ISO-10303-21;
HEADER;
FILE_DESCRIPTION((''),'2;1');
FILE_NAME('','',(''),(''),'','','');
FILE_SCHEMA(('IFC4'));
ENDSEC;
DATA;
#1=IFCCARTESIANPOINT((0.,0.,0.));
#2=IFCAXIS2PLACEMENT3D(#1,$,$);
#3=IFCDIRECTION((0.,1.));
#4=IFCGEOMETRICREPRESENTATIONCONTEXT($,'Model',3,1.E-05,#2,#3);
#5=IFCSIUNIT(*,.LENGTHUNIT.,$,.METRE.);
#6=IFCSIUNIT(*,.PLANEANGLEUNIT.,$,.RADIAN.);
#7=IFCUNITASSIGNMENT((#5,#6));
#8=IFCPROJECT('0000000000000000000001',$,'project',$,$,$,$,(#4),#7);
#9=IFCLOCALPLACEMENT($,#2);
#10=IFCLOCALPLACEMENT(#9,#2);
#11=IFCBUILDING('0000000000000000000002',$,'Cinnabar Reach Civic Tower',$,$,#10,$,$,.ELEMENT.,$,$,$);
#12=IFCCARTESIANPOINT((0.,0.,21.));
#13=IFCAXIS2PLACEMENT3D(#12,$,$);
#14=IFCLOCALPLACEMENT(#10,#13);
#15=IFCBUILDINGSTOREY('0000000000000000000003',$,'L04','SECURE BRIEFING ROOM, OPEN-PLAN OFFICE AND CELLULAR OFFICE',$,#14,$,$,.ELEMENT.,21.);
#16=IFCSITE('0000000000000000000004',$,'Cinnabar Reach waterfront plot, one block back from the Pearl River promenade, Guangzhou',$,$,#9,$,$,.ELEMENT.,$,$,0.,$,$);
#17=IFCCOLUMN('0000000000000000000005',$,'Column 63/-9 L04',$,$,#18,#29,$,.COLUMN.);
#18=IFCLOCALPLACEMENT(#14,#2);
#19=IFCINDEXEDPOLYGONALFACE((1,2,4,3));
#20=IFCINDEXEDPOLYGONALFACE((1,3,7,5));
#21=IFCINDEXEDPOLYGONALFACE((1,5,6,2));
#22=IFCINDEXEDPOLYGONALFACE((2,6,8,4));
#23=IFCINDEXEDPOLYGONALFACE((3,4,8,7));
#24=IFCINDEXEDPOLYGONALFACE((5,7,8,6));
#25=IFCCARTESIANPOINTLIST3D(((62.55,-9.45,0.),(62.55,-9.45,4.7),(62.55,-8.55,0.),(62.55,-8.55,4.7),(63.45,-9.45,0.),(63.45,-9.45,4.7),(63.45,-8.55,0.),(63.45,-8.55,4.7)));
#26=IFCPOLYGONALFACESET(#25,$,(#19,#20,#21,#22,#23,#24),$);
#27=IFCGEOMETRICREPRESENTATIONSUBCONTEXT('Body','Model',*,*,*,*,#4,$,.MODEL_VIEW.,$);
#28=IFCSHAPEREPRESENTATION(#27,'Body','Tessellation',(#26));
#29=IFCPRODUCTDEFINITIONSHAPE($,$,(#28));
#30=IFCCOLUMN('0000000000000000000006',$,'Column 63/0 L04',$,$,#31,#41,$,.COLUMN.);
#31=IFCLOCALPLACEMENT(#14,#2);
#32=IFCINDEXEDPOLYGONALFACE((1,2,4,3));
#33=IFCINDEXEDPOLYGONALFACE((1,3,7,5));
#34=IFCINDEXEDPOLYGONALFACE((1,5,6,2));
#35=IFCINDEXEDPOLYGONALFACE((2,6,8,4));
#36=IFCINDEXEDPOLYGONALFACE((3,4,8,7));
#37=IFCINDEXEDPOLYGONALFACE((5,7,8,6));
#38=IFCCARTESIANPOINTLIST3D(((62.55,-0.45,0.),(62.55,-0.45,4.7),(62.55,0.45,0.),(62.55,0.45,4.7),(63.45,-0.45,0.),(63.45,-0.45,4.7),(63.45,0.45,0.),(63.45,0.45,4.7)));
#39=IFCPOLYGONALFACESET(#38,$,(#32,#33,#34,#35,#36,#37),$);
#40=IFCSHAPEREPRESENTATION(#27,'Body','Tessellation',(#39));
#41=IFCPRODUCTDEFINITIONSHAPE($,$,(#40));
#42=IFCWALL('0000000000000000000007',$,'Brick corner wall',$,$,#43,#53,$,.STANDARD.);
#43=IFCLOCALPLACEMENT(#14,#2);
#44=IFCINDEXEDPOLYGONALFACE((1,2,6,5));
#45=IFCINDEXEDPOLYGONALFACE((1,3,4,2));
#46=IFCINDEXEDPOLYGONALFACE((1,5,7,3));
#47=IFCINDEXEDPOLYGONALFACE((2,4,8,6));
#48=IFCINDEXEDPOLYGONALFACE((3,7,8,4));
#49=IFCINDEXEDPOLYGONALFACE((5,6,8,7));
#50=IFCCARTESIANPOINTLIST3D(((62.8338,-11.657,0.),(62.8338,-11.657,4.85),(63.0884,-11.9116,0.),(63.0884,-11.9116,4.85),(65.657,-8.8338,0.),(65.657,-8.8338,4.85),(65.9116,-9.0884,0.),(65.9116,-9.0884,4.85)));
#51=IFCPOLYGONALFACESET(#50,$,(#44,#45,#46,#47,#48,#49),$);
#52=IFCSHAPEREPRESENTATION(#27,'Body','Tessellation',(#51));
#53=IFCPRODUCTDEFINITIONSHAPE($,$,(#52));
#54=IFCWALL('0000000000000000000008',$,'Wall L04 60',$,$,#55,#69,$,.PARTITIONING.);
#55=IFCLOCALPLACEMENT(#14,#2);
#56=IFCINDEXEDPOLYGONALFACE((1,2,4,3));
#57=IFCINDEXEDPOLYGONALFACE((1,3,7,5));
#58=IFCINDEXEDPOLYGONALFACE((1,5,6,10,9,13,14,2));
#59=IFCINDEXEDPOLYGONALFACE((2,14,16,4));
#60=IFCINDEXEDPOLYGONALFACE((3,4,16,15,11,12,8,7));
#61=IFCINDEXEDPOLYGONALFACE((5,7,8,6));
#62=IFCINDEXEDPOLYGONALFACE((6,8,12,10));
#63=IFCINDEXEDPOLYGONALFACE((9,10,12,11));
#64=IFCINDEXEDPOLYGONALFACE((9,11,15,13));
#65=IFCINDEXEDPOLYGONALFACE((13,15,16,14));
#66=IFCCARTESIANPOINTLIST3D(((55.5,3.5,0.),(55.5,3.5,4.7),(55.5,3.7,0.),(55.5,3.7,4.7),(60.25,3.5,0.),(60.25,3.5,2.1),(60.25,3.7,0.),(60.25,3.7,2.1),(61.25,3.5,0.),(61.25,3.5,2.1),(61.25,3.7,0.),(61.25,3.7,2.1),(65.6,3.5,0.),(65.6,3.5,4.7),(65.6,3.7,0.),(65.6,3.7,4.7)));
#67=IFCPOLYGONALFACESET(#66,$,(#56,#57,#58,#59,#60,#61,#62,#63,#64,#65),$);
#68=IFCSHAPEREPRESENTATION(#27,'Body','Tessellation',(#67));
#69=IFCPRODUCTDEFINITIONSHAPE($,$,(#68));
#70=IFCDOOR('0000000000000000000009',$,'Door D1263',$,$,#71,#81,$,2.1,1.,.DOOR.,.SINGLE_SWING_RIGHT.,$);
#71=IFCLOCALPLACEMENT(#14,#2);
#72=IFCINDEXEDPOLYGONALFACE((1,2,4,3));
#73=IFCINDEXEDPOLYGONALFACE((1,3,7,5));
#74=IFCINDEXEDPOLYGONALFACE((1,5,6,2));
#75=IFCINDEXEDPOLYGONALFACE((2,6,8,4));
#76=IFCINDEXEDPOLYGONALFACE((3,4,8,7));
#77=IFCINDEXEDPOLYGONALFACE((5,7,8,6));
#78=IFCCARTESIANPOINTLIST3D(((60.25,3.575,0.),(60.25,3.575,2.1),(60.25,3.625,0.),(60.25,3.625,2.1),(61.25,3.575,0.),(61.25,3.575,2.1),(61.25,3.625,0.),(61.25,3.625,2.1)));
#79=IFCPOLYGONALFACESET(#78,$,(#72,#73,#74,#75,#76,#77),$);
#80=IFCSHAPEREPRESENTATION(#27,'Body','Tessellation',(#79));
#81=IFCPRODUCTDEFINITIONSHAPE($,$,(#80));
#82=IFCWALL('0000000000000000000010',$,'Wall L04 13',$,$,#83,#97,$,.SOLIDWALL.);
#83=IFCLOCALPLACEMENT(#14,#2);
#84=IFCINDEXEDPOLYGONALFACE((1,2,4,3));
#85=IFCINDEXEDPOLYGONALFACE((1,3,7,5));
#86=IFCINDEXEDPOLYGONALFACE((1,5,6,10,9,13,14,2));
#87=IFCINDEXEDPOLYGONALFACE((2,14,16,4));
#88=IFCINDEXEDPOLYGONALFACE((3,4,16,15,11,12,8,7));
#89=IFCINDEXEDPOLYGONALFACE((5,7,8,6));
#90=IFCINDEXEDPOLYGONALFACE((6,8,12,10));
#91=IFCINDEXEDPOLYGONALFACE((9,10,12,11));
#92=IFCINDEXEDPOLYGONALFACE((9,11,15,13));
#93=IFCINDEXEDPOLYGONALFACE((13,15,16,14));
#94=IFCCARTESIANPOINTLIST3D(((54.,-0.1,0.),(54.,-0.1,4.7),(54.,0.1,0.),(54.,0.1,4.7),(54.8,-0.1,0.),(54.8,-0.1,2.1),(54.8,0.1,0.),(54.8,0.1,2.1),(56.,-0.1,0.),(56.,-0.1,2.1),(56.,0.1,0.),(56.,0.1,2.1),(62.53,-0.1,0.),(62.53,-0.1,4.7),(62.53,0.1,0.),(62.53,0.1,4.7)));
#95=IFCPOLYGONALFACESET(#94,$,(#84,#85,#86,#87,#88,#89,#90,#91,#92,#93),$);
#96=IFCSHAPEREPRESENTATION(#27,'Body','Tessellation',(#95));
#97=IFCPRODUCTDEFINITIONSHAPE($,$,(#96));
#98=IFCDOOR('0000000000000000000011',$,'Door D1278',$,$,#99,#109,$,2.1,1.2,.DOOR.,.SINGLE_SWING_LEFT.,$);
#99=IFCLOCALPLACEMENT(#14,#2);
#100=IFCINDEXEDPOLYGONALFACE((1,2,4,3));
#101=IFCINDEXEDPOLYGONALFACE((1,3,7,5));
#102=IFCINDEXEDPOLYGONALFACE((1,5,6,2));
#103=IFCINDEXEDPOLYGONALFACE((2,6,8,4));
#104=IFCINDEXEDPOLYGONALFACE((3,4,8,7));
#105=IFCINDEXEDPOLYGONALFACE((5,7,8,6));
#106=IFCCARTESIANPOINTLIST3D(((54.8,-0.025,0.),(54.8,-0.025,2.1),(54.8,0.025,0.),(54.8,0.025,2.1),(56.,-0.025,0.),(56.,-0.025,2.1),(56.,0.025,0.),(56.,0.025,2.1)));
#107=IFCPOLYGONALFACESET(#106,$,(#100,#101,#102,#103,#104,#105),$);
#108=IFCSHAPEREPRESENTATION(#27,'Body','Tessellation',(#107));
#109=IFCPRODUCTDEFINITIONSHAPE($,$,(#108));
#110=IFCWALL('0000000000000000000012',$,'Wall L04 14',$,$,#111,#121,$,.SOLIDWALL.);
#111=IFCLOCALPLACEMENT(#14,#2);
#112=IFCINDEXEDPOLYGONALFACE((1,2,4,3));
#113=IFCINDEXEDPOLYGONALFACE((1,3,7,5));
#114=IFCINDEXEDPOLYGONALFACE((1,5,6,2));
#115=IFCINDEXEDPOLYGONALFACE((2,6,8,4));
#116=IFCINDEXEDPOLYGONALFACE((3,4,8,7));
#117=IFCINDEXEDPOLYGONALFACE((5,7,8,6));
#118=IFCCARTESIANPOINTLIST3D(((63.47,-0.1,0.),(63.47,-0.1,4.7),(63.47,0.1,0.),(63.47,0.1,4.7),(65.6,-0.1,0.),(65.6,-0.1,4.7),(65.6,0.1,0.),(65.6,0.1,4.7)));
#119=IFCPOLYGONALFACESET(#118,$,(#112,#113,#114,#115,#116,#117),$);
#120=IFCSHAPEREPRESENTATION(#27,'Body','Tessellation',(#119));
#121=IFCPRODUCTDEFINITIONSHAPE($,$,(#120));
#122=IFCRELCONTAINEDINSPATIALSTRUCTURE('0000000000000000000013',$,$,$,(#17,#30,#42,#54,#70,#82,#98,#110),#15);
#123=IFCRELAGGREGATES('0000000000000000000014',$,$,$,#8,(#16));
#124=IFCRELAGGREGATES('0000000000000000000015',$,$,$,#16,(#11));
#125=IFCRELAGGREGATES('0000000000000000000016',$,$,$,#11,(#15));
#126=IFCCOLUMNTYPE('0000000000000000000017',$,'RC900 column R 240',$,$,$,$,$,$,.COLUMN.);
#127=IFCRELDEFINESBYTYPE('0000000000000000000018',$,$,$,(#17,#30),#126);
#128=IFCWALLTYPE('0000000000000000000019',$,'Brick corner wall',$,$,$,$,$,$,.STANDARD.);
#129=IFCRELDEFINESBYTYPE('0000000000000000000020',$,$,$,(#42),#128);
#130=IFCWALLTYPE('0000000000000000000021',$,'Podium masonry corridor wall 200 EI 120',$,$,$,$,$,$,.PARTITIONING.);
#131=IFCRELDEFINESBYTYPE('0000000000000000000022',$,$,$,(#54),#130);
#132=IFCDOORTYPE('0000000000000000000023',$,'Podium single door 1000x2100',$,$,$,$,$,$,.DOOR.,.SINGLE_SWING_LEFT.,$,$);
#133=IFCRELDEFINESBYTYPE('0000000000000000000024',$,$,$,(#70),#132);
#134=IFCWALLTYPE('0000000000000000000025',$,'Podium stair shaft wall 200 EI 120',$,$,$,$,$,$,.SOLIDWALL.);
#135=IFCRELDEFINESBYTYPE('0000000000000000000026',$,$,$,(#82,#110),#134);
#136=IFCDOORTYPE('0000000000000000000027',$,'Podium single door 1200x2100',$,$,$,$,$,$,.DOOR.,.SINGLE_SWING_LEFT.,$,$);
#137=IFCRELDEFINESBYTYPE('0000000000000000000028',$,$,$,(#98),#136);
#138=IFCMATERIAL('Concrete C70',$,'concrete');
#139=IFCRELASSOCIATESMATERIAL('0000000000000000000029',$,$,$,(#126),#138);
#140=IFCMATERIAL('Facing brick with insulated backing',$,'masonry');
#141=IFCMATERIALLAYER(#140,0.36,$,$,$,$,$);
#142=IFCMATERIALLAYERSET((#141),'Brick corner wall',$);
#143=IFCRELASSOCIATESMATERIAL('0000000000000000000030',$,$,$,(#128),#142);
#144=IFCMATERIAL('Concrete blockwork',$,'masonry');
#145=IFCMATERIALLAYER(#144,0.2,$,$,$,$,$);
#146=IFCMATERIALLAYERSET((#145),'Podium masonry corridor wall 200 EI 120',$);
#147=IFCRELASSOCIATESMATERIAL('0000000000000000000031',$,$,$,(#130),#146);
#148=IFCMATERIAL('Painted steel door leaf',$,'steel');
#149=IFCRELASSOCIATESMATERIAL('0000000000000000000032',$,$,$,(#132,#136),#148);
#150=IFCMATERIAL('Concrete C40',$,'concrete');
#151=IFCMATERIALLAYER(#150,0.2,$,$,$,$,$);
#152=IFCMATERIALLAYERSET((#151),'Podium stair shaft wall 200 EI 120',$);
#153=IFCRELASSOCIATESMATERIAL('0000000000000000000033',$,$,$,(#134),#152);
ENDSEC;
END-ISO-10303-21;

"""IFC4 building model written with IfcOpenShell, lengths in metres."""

from ifc_helpers import new_model, si_unit, direction, frame, frame_2d, origin, origin_2d, place, context, subcontext, project, spatial, rectangle, extrude, material, layer, layer_set, material_profile, profile_set, type_object, element, fill, save


model = new_model("IFC4")

# Units and contexts
model_context = context("Model", 3, precision=1e-05, world=origin(), true_north=direction((0.0, 1.0)))
body_context = subcontext(model_context, "Body", "Model", "MODEL_VIEW")
ifc_project = project(units=[si_unit("LENGTHUNIT", "METRE"), si_unit("PLANEANGLEUNIT", "RADIAN")], contexts=[model_context])

# Site, building, storey
site_placement = place(None, origin())
site = spatial("IfcSite", under=ifc_project, at=site_placement, Name="Cinnabar Reach waterfront plot, one block back from the Pearl River promenade, Guangzhou", CompositionType="ELEMENT", RefElevation=0.0)
building_placement = place(site_placement, origin())
building = spatial("IfcBuilding", under=site, at=building_placement, Name="Cinnabar Reach Civic Tower", CompositionType="ELEMENT")
storey_placement = place(building_placement, frame((0.0, 0.0, 21.0)))
storey = spatial("IfcBuildingStorey", under=building, at=storey_placement, Name="L04", Description="SECURE BRIEFING ROOM, OPEN-PLAN OFFICE AND CELLULAR OFFICE", CompositionType="ELEMENT", Elevation=21.0)

# Columns
ifc_material_1 = material(Name="Concrete C70", Category="concrete")
ifc_material_profile = material_profile(ifc_material_1, rectangle(XDim=0.9, YDim=0.9, at=origin_2d()), Name="RC900")
ifc_profile_set = profile_set([ifc_material_profile], Name="Concrete C70")
column_type = type_object("IfcColumnType", Name="RC900 column R 240", PredefinedType="COLUMN", material=ifc_profile_set)
for number, where, z_axis, x_axis, name in (
    (1, (63.0, -9.0, 0.0), (0.0, 0.0, 1.0), (1.0, 0.0, 0.0), "Column 63/-9 L04"),
    (2, (63.0, 0.0, 0.0), (0.0, 0.0, 1.0), (1.0, 0.0, 0.0), "Column 63/0 L04"),
):
    element("IfcColumn", number, at=place(storey_placement, frame(where, z_axis=z_axis, x_axis=x_axis)), inside=storey, type_object=column_type, Name=name, PredefinedType="COLUMN", context=body_context, shape_type="SweptSolid", body=[
        extrude(rectangle(XDim=0.9, YDim=0.9, at=origin_2d()), origin(), (0.0, 0.0, 1.0), 4.7),
    ])

# Wall
ifc_material_2 = material(Name="Facing brick with insulated backing", Category="masonry")
ifc_layer_1 = layer(ifc_material_2, 0.36)
ifc_layer_set_1 = layer_set([ifc_layer_1], Name="Brick corner wall")
wall_type_1 = type_object("IfcWallType", Name="Brick corner wall", PredefinedType="STANDARD", material=ifc_layer_set_1)
wall_1_placement = place(storey_placement, frame((62.9611, -11.7843, 0.0), z_axis=(0.0, 0.0, 1.0), x_axis=(0.707107, 0.707107, 0.0)))
element("IfcWall", 3, at=wall_1_placement, inside=storey, type_object=wall_type_1, Name="Brick corner wall", PredefinedType="STANDARD", context=body_context, shape_type="SweptSolid", body=[
    extrude(rectangle(XDim=3.9926, YDim=0.36, at=frame_2d((1.9963, 0.0))), origin(), (0.0, 0.0, 1.0), 4.85),
])

# Walls, openings, doors
ifc_material_3 = material(Name="Concrete blockwork", Category="masonry")
ifc_layer_2 = layer(ifc_material_3, 0.2)
ifc_layer_set_2 = layer_set([ifc_layer_2], Name="Podium masonry corridor wall 200 EI 120")
wall_type_2 = type_object("IfcWallType", Name="Podium masonry corridor wall 200 EI 120", PredefinedType="PARTITIONING", material=ifc_layer_set_2)
wall_2_placement = place(storey_placement, frame((55.5, 3.6, 0.0), z_axis=(0.0, 0.0, 1.0), x_axis=(1.0, 0.0, 0.0)))
wall_2 = element("IfcWall", 4, at=wall_2_placement, inside=storey, type_object=wall_type_2, Name="Wall L04 60", PredefinedType="PARTITIONING", context=body_context, shape_type="SweptSolid", body=[
    extrude(rectangle(XDim=10.1, YDim=0.2, at=frame_2d((5.05, 0.0))), origin(), (0.0, 0.0, 1.0), 4.7),
])
opening_1_placement = place(wall_2_placement, frame((4.75, 0.0, 0.0)))
opening_1 = element("IfcOpeningElement", 5, at=opening_1_placement, cuts=wall_2, PredefinedType="OPENING", context=body_context, shape_type="SweptSolid", body=[
    extrude(rectangle(XDim=1.0, YDim=2.1, at=frame_2d((0.5, 1.05))), frame((0.0, 0.11, 0.0), z_axis=(0.0, -1.0, 0.0), x_axis=(1.0, 0.0, 0.0)), (0.0, 0.0, 1.0), 0.22),
])
ifc_material_4 = material(Name="Painted steel door leaf", Category="steel")
door_type_1 = type_object("IfcDoorType", Name="Podium single door 1000x2100", OperationType="SINGLE_SWING_LEFT", PredefinedType="DOOR", material=ifc_material_4)
door_1_placement = place(opening_1_placement, origin())
door_1 = element("IfcDoor", 6, at=door_1_placement, inside=storey, type_object=door_type_1, Name="Door D1263", OperationType="SINGLE_SWING_RIGHT", OverallHeight=2.1, OverallWidth=1.0, PredefinedType="DOOR", context=body_context, shape_type="SweptSolid", body=[
    extrude(rectangle(XDim=1.0, YDim=2.1, at=frame_2d((0.5, 1.05))), frame((0.0, 0.025, 0.0), z_axis=(0.0, -1.0, 0.0), x_axis=(1.0, 0.0, 0.0)), (0.0, 0.0, 1.0), 0.05),
])
fill(opening_1, door_1)
ifc_material_5 = material(Name="Concrete C40", Category="concrete")
ifc_layer_3 = layer(ifc_material_5, 0.2)
ifc_layer_set_3 = layer_set([ifc_layer_3], Name="Podium stair shaft wall 200 EI 120")
wall_type_3 = type_object("IfcWallType", Name="Podium stair shaft wall 200 EI 120", PredefinedType="SOLIDWALL", material=ifc_layer_set_3)
wall_3_placement = place(storey_placement, frame((54.0, 0.0, 0.0), z_axis=(0.0, 0.0, 1.0), x_axis=(1.0, 0.0, 0.0)))
wall_3 = element("IfcWall", 7, at=wall_3_placement, inside=storey, type_object=wall_type_3, Name="Wall L04 13", PredefinedType="SOLIDWALL", context=body_context, shape_type="SweptSolid", body=[
    extrude(rectangle(XDim=8.53, YDim=0.2, at=frame_2d((4.265, 0.0))), origin(), (0.0, 0.0, 1.0), 4.7),
])
opening_2_placement = place(wall_3_placement, frame((0.8, 0.0, 0.0)))
opening_2 = element("IfcOpeningElement", 8, at=opening_2_placement, cuts=wall_3, PredefinedType="OPENING", context=body_context, shape_type="SweptSolid", body=[
    extrude(rectangle(XDim=1.2, YDim=2.1, at=frame_2d((0.6, 1.05))), frame((0.0, 0.11, 0.0), z_axis=(0.0, -1.0, 0.0), x_axis=(1.0, 0.0, 0.0)), (0.0, 0.0, 1.0), 0.22),
])
door_type_2 = type_object("IfcDoorType", Name="Podium single door 1200x2100", OperationType="SINGLE_SWING_LEFT", PredefinedType="DOOR", material=ifc_material_4)
door_2_placement = place(opening_2_placement, frame((1.2, 0.0, 0.0), z_axis=(0.0, 0.0, 1.0), x_axis=(-1.0, 0.0, 0.0)))
door_2 = element("IfcDoor", 9, at=door_2_placement, inside=storey, type_object=door_type_2, Name="Door D1278", OperationType="SINGLE_SWING_LEFT", OverallHeight=2.1, OverallWidth=1.2, PredefinedType="DOOR", context=body_context, shape_type="SweptSolid", body=[
    extrude(rectangle(XDim=1.2, YDim=2.1, at=frame_2d((0.6, 1.05))), frame((0.0, 0.025, 0.0), z_axis=(0.0, -1.0, 0.0), x_axis=(1.0, 0.0, 0.0)), (0.0, 0.0, 1.0), 0.05),
])
fill(opening_2, door_2)

# Wall
wall_4_placement = place(storey_placement, frame((63.47, 0.0, 0.0), z_axis=(0.0, 0.0, 1.0), x_axis=(1.0, 0.0, 0.0)))
element("IfcWall", 10, at=wall_4_placement, inside=storey, type_object=wall_type_3, Name="Wall L04 14", PredefinedType="SOLIDWALL", context=body_context, shape_type="SweptSolid", body=[
    extrude(rectangle(XDim=2.13, YDim=0.2, at=frame_2d((1.065, 0.0))), origin(), (0.0, 0.0, 1.0), 4.7),
])

save(model, "model.ifc")
